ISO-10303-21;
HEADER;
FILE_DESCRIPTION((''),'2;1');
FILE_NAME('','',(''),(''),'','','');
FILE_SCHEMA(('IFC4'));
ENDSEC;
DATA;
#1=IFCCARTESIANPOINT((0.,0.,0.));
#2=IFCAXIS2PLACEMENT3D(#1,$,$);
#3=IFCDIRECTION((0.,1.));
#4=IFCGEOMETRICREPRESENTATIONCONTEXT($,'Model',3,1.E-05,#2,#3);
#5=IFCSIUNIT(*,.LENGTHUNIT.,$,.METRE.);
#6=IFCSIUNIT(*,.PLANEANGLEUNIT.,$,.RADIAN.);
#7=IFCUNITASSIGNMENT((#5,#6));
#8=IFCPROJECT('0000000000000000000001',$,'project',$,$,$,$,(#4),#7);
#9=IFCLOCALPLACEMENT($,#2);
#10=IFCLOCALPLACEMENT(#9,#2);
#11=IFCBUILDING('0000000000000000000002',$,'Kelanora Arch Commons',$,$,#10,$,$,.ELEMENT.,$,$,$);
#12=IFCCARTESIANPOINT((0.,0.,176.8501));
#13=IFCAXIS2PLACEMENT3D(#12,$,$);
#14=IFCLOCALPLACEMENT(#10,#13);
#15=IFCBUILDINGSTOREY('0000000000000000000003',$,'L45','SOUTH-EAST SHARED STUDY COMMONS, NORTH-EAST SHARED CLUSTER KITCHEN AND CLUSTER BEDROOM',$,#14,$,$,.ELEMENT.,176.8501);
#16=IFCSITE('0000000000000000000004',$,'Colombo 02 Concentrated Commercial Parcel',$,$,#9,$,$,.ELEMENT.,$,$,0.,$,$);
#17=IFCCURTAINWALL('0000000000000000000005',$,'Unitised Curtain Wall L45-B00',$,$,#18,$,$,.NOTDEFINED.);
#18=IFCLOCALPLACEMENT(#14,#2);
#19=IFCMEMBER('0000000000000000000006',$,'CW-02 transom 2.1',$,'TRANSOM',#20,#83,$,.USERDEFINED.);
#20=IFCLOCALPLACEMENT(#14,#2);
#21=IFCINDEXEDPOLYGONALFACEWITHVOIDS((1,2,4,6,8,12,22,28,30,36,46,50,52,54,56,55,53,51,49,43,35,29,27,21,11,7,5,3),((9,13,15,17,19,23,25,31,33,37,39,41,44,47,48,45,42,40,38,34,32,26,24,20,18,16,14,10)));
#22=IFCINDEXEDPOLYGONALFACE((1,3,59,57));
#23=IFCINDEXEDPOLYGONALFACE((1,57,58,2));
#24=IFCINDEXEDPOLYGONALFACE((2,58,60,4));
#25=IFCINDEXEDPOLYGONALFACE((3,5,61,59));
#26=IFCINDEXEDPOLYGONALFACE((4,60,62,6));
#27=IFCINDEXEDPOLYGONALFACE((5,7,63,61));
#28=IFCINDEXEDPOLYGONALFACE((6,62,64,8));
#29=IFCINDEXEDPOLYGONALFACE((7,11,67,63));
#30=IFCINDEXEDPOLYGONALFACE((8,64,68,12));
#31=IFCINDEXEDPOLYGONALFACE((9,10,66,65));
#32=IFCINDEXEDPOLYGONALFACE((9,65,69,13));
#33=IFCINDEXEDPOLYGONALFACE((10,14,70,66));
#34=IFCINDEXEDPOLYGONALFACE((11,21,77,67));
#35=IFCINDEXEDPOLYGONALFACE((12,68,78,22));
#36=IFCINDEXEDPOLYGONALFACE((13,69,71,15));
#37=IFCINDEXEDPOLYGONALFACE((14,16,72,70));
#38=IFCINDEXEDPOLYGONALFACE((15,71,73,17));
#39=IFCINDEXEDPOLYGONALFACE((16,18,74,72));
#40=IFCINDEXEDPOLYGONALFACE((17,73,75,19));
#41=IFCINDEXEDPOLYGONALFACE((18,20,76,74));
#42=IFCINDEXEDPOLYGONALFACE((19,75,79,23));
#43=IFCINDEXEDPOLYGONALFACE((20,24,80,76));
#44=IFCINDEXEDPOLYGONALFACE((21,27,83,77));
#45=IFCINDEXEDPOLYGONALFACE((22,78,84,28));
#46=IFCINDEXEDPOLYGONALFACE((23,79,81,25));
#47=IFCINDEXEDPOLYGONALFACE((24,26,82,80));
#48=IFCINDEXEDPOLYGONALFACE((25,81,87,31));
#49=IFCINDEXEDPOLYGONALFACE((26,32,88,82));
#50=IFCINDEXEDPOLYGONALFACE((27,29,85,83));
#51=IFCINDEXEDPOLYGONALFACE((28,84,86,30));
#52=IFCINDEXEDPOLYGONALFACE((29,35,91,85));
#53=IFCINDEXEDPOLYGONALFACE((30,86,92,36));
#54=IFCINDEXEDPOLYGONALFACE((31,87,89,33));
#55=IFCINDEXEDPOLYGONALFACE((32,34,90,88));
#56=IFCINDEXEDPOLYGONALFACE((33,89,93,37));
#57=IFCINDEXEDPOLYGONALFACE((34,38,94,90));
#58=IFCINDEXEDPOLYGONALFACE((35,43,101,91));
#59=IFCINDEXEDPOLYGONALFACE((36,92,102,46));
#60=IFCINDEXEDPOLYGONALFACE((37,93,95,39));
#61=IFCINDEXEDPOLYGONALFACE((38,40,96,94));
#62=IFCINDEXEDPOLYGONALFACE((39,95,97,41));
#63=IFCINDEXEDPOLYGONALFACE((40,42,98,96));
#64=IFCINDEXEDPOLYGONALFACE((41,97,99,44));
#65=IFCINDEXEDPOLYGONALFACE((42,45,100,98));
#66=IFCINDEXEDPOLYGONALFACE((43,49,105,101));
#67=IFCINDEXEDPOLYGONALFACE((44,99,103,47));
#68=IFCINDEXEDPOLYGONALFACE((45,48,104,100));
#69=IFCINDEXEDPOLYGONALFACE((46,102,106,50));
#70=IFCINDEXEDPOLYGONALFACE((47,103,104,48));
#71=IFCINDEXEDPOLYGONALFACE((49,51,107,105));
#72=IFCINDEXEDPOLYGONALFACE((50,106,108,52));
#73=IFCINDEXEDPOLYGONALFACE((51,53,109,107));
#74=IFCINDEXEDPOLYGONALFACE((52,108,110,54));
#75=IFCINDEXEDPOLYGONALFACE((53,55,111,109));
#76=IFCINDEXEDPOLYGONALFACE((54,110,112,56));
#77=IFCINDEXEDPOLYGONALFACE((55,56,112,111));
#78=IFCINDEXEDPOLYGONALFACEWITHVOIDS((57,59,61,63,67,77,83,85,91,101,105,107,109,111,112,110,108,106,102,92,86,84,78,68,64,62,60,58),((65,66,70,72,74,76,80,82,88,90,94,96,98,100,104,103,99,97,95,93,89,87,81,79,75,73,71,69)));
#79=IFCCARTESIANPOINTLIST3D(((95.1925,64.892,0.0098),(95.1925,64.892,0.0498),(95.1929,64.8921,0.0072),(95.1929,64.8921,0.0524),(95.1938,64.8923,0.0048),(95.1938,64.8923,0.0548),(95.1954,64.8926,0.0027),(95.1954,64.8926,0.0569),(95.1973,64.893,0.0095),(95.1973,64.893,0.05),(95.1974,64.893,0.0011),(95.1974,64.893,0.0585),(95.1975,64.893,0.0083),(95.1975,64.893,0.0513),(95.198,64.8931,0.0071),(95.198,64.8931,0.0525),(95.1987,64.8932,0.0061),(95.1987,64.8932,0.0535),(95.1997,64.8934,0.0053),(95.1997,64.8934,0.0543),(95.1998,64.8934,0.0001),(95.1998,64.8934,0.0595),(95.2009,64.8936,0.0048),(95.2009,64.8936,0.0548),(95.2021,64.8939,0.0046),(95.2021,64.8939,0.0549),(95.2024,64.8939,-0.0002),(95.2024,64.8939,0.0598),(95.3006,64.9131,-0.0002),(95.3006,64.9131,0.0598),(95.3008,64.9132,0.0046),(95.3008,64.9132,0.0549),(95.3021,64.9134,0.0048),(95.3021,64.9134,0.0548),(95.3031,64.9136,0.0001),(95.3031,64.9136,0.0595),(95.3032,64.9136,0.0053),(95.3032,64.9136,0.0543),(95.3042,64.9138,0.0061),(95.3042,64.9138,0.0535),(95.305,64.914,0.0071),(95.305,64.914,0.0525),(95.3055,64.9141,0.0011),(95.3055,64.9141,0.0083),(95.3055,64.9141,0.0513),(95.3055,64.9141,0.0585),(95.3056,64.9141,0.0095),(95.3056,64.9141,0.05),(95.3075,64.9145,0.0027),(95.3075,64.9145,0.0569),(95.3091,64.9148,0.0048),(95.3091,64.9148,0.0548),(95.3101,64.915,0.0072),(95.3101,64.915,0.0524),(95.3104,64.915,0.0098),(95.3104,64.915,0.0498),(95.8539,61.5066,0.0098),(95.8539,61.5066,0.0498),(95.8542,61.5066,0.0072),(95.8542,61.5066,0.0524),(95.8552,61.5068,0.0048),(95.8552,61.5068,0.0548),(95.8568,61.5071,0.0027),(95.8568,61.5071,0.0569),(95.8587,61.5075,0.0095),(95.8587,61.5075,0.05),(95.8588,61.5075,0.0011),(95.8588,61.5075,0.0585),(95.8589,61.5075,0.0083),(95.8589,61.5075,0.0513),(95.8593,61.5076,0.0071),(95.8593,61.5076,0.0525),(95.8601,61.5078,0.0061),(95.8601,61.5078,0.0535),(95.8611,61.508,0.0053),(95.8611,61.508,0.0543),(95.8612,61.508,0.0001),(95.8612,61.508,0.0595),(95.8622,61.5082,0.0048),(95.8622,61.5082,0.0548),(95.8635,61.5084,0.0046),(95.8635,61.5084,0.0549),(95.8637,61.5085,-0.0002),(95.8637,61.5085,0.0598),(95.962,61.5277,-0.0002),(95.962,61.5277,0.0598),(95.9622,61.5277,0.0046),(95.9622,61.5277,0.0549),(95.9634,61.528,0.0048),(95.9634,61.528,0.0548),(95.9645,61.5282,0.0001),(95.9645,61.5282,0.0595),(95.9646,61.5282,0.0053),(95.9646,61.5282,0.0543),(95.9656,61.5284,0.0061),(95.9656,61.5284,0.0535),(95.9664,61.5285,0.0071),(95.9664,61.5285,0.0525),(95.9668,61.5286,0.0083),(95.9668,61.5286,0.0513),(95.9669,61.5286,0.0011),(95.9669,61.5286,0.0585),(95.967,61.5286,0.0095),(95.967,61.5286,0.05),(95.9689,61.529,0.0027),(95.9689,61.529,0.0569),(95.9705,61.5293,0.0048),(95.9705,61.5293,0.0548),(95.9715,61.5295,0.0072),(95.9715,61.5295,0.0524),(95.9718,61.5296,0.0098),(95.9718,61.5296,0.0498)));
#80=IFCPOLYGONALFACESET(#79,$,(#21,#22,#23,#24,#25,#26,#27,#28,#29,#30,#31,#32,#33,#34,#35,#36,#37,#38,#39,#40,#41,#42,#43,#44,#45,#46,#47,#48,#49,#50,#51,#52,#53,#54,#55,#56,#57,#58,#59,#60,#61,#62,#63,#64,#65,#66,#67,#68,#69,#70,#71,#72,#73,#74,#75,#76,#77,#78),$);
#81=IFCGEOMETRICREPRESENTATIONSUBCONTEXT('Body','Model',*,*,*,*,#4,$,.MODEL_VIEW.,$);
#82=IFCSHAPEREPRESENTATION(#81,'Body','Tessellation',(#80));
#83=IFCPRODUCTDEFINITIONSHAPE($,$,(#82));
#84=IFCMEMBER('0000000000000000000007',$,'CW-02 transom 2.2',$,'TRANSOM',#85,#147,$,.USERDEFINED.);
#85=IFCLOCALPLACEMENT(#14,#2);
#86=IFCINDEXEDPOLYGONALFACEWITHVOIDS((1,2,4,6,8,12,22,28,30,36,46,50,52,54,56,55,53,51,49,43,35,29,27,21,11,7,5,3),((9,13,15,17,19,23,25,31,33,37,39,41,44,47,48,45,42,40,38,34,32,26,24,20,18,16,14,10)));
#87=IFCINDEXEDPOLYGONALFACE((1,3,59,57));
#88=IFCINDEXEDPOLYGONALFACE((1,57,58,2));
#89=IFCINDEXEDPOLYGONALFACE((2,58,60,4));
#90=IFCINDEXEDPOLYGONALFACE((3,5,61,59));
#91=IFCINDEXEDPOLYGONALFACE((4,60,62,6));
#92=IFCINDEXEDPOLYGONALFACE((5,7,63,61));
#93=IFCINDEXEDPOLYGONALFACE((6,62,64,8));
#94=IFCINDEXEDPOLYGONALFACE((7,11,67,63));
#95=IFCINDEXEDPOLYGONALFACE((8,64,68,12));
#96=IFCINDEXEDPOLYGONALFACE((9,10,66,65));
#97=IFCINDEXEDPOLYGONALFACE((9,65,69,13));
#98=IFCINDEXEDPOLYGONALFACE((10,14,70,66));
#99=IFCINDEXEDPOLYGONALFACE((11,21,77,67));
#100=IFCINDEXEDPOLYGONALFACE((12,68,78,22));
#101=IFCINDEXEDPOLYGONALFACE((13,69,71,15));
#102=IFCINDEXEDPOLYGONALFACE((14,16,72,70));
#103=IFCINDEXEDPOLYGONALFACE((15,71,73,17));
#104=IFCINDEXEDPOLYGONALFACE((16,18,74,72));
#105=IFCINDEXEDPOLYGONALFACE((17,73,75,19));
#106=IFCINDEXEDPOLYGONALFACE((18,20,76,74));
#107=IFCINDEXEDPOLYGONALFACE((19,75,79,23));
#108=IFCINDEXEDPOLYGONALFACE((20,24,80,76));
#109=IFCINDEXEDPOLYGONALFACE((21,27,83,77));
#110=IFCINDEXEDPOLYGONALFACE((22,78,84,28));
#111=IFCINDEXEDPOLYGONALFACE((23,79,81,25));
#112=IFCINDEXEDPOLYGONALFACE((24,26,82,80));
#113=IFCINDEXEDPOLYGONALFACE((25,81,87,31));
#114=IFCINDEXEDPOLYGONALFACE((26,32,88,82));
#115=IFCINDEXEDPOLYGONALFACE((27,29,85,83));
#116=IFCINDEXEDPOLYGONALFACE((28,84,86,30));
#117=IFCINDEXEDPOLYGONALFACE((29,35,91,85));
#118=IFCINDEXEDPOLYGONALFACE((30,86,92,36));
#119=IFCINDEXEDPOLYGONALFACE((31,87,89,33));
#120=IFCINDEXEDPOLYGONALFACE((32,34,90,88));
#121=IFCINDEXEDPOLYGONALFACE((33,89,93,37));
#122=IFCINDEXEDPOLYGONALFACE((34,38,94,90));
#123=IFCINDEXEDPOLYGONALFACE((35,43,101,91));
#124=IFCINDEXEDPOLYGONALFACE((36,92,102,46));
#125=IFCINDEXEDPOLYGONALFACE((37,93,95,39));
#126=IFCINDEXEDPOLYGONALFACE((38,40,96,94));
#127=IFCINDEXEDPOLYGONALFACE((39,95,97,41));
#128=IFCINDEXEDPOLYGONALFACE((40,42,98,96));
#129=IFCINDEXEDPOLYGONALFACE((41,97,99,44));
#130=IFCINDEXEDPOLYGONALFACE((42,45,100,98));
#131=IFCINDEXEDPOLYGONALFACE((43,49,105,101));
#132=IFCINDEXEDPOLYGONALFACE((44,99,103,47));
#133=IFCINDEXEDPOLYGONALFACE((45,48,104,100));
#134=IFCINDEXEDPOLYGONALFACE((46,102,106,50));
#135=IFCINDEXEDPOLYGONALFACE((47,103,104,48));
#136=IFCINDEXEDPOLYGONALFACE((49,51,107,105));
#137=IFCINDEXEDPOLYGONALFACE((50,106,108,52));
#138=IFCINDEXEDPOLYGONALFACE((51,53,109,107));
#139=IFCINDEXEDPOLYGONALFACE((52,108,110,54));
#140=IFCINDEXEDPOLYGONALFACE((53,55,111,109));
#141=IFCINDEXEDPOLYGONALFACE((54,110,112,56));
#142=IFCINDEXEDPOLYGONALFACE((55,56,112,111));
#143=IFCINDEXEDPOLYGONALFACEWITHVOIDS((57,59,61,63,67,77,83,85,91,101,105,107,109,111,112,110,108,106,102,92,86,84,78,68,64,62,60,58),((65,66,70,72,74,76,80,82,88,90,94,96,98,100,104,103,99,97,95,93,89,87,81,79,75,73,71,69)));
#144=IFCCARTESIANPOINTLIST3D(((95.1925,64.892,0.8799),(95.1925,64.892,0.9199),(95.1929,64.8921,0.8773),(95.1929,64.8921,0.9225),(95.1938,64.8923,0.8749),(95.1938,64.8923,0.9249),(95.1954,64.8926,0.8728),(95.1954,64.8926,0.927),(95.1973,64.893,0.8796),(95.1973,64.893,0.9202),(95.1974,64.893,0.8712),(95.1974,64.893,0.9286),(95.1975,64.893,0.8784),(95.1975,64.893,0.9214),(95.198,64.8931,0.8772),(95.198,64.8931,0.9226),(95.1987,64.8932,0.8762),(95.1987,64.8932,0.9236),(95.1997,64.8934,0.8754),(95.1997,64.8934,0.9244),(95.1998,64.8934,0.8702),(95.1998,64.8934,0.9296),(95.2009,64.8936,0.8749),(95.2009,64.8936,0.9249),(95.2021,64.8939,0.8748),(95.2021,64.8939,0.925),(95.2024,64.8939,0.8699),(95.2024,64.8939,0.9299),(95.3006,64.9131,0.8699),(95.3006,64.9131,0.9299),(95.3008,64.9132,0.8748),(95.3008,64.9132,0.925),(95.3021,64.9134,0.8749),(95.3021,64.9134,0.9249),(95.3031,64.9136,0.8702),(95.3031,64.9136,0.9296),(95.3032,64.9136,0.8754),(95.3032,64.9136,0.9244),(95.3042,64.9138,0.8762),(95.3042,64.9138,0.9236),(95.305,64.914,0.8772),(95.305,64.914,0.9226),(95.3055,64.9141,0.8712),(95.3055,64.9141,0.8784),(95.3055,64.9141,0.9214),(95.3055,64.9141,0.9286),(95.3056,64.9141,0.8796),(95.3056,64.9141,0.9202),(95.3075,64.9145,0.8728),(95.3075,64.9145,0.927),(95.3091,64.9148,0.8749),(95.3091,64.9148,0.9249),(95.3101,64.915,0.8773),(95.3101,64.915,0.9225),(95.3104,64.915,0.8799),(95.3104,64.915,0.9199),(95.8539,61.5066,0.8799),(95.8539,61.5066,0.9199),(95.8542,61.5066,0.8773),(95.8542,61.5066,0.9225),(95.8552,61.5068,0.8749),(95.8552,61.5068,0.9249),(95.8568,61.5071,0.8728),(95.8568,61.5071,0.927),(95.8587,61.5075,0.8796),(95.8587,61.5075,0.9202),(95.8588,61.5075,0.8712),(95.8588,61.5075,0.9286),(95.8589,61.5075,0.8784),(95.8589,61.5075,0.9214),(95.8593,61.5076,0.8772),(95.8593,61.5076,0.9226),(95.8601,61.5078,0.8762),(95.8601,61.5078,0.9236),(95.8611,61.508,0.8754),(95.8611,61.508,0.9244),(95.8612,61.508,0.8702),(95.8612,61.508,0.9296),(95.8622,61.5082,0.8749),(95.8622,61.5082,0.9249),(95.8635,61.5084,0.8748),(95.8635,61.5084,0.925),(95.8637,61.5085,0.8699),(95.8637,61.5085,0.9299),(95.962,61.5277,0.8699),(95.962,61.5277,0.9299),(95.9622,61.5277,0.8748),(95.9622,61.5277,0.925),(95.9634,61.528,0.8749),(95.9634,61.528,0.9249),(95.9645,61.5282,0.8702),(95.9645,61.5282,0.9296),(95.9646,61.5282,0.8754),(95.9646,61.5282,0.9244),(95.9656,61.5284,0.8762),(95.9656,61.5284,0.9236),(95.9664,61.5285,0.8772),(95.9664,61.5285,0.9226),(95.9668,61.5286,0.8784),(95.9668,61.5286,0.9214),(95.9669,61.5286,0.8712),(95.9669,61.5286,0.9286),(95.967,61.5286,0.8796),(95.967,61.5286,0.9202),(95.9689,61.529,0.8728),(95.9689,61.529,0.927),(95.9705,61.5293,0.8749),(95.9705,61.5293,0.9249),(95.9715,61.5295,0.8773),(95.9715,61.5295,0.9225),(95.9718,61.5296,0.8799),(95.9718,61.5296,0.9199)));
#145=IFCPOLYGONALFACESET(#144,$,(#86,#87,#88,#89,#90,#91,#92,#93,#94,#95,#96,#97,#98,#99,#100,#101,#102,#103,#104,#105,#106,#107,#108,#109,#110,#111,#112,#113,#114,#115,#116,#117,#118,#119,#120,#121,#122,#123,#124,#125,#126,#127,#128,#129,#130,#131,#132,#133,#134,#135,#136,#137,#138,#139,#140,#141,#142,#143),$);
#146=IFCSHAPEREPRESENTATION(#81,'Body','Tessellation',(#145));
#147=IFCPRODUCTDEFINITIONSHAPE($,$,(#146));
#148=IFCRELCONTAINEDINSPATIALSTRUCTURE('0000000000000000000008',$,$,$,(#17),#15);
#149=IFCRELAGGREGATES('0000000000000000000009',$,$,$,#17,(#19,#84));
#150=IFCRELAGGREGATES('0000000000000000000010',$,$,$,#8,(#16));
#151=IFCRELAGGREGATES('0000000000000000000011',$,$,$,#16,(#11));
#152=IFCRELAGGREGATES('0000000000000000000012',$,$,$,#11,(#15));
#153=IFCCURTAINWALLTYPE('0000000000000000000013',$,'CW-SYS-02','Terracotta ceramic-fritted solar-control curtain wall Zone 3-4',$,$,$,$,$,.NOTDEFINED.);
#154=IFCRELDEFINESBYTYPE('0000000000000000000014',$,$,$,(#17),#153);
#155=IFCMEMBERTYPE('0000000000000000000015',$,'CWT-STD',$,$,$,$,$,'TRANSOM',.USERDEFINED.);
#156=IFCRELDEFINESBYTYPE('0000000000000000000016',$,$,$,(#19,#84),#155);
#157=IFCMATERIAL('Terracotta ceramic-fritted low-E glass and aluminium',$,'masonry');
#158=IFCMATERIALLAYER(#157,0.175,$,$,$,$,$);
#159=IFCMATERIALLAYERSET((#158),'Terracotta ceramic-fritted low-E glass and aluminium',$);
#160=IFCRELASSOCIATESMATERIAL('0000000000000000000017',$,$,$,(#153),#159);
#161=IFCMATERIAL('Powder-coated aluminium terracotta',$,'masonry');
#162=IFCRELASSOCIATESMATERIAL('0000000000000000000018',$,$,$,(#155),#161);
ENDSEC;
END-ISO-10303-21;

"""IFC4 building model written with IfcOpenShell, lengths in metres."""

from ifc_helpers import new_model, si_unit, direction, frame, origin, origin_2d, place, context, subcontext, project, spatial, hollow_rectangle, extrude, material, layer, layer_set, material_profile, profile_set, type_object, element, aggregate, save


model = new_model("IFC4")

# Units and contexts
model_context = context("Model", 3, precision=1e-05, world=origin(), true_north=direction((0.0, 1.0)))
body_context = subcontext(model_context, "Body", "Model", "MODEL_VIEW")
ifc_project = project(units=[si_unit("LENGTHUNIT", "METRE"), si_unit("PLANEANGLEUNIT", "RADIAN")], contexts=[model_context])

# Site, building, storey
site_placement = place(None, origin())
site = spatial("IfcSite", under=ifc_project, at=site_placement, Name="Colombo 02 Concentrated Commercial Parcel", CompositionType="ELEMENT", RefElevation=0.0)
building_placement = place(site_placement, origin())
building = spatial("IfcBuilding", under=site, at=building_placement, Name="Kelanora Arch Commons", CompositionType="ELEMENT")
storey_placement = place(building_placement, frame((0.0, 0.0, 176.8501)))
storey = spatial("IfcBuildingStorey", under=building, at=storey_placement, Name="L45", Description="SOUTH-EAST SHARED STUDY COMMONS, NORTH-EAST SHARED CLUSTER KITCHEN AND CLUSTER BEDROOM", CompositionType="ELEMENT", Elevation=176.8501)

# Curtain wall, members
ifc_material_1 = material(Name="Terracotta ceramic-fritted low-E glass and aluminium", Category="masonry")
ifc_layer_1 = layer(ifc_material_1, 0.175)
ifc_layer_set_1 = layer_set([ifc_layer_1], Name="Terracotta ceramic-fritted low-E glass and aluminium")
curtain_wall_type = type_object("IfcCurtainWallType", Name="CW-SYS-02", Description="Terracotta ceramic-fritted solar-control curtain wall Zone 3-4", PredefinedType="NOTDEFINED", material=ifc_layer_set_1)
curtain_wall_placement = place(storey_placement, origin())
curtain_wall = element("IfcCurtainWall", 1, at=curtain_wall_placement, inside=storey, type_object=curtain_wall_type, Name="Unitised Curtain Wall L45-B00", PredefinedType="NOTDEFINED")
ifc_material_2 = material(Name="Powder-coated aluminium terracotta", Category="masonry")
ifc_material_profile_1 = material_profile(ifc_material_2, hollow_rectangle(XDim=0.1201, YDim=0.0601, WallThickness=0.0049, InnerFilletRadius=0.0049, OuterFilletRadius=0.01, at=origin_2d()), Name="CWT120x60")
ifc_profile_set_1 = profile_set([ifc_material_profile_1], Name="Powder-coated aluminium terracotta")
member_type_1 = type_object("IfcMemberType", Name="CWT-STD", ElementType="TRANSOM", PredefinedType="USERDEFINED", material=ifc_profile_set_1)
member_1_placement = place(storey_placement, frame((95.9128, 61.5181, 0.0298), z_axis=(-0.191732, 0.981447, 0.0), x_axis=(-0.981447, -0.191732, 0.0)))
member_1 = element("IfcMember", 2, at=member_1_placement, type_object=member_type_1, Name="CW-02 transom 2.1", ObjectType="TRANSOM", PredefinedType="USERDEFINED", context=body_context, shape_type="SweptSolid", body=[
    extrude(hollow_rectangle(XDim=0.1201, YDim=0.0601, WallThickness=0.0049, InnerFilletRadius=0.0049, OuterFilletRadius=0.01, at=origin_2d()), origin(), (0.0, 0.0, 1.0), 3.4495),
])
member_2_placement = place(storey_placement, frame((95.9128, 61.5181, 0.8999), z_axis=(-0.191732, 0.981447, 0.0), x_axis=(-0.981447, -0.191732, 0.0)))
member_2 = element("IfcMember", 3, at=member_2_placement, type_object=member_type_1, Name="CW-02 transom 2.2", ObjectType="TRANSOM", PredefinedType="USERDEFINED", context=body_context, shape_type="SweptSolid", body=[
    extrude(hollow_rectangle(XDim=0.1201, YDim=0.0601, WallThickness=0.0049, InnerFilletRadius=0.0049, OuterFilletRadius=0.01, at=origin_2d()), origin(), (0.0, 0.0, 1.0), 3.4495),
])
aggregate(curtain_wall, [member_1, member_2])

save(model, "model.ifc")
